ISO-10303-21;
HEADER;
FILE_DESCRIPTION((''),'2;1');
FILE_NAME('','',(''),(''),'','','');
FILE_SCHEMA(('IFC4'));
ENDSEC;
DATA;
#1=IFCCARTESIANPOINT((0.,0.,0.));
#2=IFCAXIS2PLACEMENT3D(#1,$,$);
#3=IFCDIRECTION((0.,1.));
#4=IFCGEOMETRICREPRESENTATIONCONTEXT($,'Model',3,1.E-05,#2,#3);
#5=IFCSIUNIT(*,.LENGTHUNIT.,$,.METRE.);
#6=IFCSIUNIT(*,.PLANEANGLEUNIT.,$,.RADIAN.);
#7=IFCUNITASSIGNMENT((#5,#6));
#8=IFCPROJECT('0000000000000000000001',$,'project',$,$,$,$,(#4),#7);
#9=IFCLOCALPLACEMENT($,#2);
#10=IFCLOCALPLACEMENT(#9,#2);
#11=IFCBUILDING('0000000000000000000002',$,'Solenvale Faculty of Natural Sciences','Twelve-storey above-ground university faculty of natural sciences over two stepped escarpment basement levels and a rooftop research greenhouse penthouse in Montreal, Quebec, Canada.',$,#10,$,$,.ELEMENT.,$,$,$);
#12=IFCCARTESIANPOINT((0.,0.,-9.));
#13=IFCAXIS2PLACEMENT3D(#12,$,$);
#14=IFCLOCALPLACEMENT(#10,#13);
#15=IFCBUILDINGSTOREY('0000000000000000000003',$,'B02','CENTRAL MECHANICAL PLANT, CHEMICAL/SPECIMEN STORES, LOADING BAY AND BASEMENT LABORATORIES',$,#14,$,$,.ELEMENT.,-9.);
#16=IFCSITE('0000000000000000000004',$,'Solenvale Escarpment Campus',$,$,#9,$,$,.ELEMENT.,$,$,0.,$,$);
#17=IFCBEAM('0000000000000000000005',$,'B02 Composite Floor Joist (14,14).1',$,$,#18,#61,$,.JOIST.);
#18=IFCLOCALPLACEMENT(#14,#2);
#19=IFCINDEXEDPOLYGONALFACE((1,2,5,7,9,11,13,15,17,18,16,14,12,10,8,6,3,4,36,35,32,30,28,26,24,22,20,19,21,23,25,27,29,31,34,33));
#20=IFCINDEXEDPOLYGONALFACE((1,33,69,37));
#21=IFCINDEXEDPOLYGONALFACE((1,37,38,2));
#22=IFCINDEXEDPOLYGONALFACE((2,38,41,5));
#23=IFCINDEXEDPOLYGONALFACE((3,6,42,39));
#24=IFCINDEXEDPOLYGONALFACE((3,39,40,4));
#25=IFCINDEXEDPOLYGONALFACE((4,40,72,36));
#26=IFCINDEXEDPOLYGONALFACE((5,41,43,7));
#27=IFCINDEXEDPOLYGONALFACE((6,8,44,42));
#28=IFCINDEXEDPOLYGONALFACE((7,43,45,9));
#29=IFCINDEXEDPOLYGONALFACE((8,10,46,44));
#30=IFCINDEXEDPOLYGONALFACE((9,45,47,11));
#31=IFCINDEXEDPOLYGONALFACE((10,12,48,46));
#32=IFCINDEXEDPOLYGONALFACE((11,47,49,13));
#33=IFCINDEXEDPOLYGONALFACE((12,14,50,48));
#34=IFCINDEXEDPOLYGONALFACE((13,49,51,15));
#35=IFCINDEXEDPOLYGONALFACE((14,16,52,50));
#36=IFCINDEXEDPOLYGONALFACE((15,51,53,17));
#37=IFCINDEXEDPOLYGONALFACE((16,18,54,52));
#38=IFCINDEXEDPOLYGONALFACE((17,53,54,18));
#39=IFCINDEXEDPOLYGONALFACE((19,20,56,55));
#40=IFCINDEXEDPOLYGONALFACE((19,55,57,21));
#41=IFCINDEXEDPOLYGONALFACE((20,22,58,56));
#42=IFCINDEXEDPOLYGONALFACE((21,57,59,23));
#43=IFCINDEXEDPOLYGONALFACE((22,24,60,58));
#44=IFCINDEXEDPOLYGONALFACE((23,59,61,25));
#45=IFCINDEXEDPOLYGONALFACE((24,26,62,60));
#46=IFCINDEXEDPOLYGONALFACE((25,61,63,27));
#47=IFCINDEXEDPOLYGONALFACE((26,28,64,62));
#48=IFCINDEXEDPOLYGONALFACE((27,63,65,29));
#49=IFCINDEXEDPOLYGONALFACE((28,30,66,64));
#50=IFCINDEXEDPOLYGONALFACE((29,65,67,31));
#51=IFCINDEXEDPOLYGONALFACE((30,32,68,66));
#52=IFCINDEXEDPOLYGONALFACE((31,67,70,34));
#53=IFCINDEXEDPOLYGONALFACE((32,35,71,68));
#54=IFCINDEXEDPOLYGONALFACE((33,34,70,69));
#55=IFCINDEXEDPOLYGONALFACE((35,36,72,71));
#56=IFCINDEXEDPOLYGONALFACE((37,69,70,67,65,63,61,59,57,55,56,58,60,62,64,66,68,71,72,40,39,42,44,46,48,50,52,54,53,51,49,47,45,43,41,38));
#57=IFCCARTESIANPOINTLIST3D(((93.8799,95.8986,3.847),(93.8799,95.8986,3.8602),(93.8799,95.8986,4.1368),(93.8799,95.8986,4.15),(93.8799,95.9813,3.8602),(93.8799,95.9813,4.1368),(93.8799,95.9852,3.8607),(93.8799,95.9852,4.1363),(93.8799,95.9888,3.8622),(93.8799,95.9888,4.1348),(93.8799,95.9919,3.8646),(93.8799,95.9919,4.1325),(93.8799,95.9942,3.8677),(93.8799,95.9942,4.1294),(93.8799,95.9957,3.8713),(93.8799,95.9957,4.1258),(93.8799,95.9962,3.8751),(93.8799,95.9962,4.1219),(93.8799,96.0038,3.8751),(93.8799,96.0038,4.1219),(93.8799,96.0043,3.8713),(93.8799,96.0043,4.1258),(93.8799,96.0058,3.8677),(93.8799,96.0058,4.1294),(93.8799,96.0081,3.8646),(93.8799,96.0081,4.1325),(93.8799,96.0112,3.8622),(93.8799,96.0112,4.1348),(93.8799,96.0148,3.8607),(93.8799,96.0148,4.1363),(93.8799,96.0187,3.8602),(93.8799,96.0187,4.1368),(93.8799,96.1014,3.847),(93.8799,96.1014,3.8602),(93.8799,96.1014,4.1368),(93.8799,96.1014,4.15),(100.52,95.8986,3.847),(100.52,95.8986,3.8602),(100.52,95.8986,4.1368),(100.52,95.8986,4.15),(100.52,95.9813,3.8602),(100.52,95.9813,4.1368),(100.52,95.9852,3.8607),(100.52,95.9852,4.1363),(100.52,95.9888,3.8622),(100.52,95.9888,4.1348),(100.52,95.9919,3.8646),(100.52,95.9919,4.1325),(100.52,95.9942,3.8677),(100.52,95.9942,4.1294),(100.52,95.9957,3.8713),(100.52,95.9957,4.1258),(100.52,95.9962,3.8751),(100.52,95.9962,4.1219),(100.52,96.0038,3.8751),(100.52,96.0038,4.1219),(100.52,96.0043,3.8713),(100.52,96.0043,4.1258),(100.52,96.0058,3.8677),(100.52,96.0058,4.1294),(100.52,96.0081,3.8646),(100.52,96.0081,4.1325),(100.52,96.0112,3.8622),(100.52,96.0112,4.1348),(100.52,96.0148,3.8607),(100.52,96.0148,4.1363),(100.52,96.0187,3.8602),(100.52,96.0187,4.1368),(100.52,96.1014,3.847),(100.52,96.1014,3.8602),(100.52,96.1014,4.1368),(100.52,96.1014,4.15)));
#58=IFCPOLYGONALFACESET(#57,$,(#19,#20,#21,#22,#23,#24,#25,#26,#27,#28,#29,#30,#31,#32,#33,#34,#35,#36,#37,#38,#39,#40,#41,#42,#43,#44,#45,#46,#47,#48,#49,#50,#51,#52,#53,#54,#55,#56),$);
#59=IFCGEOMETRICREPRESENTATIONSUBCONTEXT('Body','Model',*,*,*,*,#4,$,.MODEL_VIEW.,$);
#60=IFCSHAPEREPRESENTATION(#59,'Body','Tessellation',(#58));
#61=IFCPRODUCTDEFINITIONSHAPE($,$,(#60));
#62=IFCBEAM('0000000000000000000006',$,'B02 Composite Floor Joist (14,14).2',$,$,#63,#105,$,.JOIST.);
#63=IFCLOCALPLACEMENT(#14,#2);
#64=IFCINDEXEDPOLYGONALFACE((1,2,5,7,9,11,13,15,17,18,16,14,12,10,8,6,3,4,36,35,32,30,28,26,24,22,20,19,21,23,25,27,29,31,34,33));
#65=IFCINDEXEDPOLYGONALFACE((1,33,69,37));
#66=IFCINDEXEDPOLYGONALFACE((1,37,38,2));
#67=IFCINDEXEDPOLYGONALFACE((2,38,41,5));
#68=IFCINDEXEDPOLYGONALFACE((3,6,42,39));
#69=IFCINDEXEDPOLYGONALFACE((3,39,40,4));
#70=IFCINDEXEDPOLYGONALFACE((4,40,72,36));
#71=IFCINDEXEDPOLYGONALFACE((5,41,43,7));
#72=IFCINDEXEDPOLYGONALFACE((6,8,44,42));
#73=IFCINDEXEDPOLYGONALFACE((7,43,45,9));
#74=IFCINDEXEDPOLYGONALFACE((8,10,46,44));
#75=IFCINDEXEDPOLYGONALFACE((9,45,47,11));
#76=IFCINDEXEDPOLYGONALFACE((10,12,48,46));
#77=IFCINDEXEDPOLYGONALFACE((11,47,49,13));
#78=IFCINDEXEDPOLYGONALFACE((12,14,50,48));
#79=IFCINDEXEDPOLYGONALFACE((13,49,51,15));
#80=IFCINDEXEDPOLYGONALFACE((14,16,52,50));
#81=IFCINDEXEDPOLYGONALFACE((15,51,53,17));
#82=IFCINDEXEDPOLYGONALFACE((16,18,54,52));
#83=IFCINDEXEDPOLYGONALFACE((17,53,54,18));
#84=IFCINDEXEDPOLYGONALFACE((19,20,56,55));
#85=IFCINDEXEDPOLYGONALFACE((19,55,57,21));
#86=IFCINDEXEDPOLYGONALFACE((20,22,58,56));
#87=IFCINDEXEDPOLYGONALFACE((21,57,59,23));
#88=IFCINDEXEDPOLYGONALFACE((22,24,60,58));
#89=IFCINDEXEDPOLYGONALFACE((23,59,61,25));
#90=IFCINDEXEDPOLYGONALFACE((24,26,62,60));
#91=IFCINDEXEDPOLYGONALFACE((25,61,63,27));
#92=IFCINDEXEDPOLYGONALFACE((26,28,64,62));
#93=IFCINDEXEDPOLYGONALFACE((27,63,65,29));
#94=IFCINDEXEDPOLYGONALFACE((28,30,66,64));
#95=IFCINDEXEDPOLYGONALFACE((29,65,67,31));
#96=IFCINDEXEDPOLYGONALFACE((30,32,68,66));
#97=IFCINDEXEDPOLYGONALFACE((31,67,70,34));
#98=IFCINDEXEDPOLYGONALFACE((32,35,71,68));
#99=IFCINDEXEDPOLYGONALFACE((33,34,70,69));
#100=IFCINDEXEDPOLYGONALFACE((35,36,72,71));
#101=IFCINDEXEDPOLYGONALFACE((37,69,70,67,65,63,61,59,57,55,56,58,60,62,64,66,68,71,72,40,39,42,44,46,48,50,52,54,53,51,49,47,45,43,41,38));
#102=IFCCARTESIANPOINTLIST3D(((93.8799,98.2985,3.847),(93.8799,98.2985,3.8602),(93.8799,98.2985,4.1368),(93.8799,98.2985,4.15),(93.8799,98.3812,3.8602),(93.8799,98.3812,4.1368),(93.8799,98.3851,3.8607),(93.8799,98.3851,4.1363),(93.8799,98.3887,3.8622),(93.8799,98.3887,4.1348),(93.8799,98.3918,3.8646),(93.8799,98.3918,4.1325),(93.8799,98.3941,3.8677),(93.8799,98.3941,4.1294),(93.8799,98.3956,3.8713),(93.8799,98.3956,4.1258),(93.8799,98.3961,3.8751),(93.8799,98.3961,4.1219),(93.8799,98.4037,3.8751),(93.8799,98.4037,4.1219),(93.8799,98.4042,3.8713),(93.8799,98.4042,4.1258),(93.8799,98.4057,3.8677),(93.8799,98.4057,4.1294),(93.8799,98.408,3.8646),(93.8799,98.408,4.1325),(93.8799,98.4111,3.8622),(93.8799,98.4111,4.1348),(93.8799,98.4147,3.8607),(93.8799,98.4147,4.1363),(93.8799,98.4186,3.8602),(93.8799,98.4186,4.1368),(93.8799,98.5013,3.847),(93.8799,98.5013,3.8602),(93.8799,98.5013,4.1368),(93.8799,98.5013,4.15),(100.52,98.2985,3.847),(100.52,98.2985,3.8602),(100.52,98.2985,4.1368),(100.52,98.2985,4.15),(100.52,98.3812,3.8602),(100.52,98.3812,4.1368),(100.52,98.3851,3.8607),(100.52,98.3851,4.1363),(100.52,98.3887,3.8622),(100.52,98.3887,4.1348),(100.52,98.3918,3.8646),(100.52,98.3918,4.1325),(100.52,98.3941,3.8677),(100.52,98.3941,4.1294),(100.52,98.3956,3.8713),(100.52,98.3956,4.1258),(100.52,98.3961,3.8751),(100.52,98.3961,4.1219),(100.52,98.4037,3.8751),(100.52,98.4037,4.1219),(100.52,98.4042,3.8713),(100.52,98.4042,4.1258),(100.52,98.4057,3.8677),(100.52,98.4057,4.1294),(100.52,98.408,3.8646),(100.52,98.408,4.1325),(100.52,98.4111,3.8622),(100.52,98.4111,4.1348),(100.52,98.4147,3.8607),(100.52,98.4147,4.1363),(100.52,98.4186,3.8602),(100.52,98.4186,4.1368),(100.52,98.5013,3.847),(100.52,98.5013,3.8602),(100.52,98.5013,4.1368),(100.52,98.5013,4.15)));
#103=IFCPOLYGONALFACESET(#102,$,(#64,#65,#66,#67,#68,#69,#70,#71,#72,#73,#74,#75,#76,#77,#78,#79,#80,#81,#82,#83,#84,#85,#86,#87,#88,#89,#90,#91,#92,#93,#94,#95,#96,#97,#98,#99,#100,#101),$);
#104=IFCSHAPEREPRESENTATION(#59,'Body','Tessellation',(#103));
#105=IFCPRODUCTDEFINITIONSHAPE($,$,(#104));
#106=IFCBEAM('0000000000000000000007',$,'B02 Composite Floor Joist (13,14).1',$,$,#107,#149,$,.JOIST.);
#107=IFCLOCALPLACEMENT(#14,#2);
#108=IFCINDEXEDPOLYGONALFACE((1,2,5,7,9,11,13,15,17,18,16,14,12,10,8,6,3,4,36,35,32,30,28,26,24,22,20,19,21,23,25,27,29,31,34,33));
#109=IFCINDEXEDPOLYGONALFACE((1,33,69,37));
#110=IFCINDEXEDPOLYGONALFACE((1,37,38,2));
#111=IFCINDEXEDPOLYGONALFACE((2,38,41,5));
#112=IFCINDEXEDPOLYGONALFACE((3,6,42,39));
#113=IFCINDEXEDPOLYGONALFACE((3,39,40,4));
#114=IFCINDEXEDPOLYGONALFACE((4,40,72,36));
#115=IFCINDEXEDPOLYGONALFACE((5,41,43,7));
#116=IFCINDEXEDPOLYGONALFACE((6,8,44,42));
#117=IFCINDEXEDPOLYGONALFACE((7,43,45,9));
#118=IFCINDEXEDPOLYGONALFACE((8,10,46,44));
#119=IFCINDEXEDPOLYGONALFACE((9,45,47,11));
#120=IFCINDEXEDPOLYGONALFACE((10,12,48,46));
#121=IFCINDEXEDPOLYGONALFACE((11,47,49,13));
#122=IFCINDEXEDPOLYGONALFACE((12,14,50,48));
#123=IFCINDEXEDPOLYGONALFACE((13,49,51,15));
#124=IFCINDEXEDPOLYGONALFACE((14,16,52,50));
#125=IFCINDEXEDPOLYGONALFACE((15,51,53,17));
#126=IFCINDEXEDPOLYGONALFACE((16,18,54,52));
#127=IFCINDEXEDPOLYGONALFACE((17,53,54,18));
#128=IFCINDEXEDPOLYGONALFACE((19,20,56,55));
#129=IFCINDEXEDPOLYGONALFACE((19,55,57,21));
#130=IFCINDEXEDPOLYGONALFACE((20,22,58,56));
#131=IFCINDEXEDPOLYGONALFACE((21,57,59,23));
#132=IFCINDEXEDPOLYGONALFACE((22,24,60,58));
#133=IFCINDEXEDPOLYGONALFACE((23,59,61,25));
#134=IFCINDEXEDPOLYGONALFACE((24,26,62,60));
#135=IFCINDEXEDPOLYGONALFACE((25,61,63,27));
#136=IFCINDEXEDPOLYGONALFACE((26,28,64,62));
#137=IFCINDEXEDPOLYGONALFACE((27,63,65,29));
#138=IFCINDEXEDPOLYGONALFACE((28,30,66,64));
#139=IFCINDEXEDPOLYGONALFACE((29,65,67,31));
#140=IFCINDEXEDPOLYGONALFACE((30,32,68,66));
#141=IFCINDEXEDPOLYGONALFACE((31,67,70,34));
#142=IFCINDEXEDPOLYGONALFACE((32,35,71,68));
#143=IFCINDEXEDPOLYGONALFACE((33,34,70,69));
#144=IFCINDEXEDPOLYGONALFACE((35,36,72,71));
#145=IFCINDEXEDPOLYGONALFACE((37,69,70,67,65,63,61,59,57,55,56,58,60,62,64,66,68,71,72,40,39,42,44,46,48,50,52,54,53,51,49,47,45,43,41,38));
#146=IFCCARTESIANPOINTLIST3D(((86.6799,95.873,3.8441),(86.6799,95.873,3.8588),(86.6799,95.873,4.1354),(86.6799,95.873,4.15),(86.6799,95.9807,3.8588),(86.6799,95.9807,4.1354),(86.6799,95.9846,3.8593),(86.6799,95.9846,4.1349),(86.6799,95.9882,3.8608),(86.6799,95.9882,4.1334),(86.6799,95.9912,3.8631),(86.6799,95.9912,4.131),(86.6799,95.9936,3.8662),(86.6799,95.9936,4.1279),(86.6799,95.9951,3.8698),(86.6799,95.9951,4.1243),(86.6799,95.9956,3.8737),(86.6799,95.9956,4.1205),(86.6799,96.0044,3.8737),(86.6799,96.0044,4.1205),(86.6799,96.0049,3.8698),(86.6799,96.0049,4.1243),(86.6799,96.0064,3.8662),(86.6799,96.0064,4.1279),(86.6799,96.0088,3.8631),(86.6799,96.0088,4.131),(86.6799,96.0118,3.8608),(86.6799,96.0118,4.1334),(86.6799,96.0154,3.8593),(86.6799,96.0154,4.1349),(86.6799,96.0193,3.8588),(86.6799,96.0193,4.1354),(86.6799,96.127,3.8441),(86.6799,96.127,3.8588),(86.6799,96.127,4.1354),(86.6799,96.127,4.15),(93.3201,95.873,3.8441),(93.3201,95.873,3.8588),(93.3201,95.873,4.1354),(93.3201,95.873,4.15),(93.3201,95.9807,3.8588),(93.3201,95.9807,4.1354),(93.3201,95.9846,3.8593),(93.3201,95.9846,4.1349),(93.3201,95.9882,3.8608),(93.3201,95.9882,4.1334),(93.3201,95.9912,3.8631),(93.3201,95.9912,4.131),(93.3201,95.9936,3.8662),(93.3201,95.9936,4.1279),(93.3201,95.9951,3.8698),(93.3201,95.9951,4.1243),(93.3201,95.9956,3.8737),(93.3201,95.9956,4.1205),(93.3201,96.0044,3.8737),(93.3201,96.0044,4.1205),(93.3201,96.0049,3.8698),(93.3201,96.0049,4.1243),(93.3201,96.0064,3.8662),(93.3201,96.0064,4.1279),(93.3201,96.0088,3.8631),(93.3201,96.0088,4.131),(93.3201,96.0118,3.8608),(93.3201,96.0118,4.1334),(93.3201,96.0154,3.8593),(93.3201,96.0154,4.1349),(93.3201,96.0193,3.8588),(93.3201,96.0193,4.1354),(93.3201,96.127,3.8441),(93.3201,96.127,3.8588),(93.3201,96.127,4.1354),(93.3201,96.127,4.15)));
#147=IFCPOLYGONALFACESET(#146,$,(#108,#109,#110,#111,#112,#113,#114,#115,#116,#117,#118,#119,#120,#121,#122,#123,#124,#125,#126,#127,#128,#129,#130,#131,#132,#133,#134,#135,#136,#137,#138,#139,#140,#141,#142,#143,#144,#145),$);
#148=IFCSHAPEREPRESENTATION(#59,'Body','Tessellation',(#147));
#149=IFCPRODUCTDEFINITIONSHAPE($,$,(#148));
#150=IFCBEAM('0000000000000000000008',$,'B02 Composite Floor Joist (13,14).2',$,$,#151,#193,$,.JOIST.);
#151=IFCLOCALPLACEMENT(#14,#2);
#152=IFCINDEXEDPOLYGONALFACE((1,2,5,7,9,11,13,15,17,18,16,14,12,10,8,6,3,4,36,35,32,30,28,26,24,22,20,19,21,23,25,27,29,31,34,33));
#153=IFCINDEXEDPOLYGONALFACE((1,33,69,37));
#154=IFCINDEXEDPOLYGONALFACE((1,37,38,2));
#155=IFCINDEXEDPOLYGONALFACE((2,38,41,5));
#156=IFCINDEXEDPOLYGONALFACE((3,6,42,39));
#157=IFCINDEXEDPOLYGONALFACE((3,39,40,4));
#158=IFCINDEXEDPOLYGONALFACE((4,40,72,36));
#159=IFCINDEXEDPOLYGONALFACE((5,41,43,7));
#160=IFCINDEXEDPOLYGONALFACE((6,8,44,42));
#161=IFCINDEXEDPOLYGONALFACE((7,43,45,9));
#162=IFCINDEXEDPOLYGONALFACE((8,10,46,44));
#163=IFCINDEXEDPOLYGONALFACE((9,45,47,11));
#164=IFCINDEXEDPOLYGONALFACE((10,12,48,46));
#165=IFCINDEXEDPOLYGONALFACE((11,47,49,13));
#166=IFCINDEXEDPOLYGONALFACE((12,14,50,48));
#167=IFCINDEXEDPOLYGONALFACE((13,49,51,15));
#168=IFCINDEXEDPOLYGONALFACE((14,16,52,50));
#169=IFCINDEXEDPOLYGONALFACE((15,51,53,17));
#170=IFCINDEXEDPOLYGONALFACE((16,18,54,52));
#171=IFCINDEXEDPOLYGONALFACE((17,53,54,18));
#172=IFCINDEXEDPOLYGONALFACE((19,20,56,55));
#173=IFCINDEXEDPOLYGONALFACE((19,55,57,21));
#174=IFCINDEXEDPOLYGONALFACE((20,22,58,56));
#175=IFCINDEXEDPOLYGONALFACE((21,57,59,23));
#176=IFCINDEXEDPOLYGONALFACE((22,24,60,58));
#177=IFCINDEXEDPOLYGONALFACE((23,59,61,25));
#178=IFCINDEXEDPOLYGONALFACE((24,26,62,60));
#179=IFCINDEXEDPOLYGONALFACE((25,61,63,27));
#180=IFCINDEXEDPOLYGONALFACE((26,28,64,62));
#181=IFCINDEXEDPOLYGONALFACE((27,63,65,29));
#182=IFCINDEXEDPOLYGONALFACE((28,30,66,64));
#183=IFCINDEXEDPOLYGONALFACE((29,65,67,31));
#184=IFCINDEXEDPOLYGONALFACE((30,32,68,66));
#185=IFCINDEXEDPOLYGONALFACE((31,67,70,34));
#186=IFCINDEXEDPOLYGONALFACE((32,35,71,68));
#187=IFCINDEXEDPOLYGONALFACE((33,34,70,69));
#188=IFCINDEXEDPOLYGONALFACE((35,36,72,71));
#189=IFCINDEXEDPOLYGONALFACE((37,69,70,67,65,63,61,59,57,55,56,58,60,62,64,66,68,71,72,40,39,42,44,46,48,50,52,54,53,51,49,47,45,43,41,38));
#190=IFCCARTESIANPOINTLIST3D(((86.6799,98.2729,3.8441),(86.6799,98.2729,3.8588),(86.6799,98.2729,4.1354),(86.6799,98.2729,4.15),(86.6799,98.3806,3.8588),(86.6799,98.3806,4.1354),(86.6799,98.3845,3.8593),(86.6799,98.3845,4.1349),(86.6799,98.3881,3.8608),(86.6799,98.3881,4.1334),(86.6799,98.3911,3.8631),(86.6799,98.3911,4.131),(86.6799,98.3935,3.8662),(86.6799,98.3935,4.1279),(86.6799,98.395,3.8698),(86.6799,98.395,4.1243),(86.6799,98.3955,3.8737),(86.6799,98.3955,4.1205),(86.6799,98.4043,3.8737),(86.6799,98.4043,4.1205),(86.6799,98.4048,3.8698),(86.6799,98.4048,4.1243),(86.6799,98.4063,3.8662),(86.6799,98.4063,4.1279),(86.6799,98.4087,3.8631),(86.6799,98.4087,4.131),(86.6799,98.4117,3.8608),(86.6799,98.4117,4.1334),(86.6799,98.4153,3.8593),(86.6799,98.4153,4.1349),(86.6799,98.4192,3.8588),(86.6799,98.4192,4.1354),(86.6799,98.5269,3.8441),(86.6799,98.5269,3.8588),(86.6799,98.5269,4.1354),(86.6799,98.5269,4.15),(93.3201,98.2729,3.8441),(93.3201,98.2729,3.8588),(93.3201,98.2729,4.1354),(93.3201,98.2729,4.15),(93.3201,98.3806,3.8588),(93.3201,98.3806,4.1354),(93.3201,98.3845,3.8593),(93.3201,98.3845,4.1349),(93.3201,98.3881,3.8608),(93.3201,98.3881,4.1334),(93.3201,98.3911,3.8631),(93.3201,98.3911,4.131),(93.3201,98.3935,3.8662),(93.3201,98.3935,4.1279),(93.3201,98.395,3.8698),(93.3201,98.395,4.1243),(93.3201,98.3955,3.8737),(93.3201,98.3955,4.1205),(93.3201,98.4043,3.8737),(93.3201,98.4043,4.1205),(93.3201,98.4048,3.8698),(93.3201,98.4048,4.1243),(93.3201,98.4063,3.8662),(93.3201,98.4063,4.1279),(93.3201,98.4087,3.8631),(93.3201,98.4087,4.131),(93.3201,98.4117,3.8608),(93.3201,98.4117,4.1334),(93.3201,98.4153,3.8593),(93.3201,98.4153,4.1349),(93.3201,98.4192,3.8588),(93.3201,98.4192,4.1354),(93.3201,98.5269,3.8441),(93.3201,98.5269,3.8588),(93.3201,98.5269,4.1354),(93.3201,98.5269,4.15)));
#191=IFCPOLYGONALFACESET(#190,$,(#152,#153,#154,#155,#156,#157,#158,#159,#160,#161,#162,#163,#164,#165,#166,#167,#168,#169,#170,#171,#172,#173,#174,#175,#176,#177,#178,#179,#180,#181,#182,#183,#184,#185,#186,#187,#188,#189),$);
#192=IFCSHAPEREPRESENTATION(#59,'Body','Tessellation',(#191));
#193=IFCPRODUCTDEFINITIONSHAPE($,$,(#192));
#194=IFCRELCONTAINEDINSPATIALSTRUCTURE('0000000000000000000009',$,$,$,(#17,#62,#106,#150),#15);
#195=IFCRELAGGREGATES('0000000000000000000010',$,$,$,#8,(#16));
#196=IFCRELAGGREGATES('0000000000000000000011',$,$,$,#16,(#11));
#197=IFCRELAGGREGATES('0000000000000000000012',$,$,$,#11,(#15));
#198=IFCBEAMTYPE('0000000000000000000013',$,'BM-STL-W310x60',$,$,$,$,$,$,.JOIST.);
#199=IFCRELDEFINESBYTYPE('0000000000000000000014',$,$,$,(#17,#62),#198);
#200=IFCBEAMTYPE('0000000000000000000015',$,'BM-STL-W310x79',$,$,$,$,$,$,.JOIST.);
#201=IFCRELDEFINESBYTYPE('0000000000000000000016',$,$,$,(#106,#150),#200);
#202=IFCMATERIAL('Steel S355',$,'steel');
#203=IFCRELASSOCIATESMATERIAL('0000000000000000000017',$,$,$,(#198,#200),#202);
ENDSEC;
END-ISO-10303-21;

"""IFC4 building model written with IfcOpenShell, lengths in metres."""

from ifc_helpers import new_model, si_unit, direction, frame, origin, origin_2d, place, context, subcontext, project, spatial, i_section, extrude, material, material_profile, profile_set, type_object, element, save


model = new_model("IFC4")

# Units and contexts
model_context = context("Model", 3, precision=1e-05, world=origin(), true_north=direction((0.0, 1.0)))
body_context = subcontext(model_context, "Body", "Model", "MODEL_VIEW")
ifc_project = project(units=[si_unit("LENGTHUNIT", "METRE"), si_unit("PLANEANGLEUNIT", "RADIAN")], contexts=[model_context])

# Site, building, storey
site_placement = place(None, origin())
site = spatial("IfcSite", under=ifc_project, at=site_placement, Name="Solenvale Escarpment Campus", CompositionType="ELEMENT", RefElevation=0.0)
building_placement = place(site_placement, origin())
building = spatial("IfcBuilding", under=site, at=building_placement, Name="Solenvale Faculty of Natural Sciences", Description="Twelve-storey above-ground university faculty of natural sciences over two stepped escarpment basement levels and a rooftop research greenhouse penthouse in Montreal, Quebec, Canada.", CompositionType="ELEMENT")
storey_placement = place(building_placement, frame((0.0, 0.0, -9.0)))
storey = spatial("IfcBuildingStorey", under=building, at=storey_placement, Name="B02", Description="CENTRAL MECHANICAL PLANT, CHEMICAL/SPECIMEN STORES, LOADING BAY AND BASEMENT LABORATORIES", CompositionType="ELEMENT", Elevation=-9.0)

# Beams
ifc_material_1 = material(Name="Steel S355", Category="steel")
ifc_material_profile_1 = material_profile(ifc_material_1, i_section(OverallWidth=0.2029, OverallDepth=0.303, WebThickness=0.0076, FlangeThickness=0.0132, FilletRadius=0.0149, at=origin_2d()), Name="W310x60")
ifc_profile_set_1 = profile_set([ifc_material_profile_1], Name="Steel S355")
beam_type_1 = type_object("IfcBeamType", Name="BM-STL-W310x60", PredefinedType="JOIST", material=ifc_profile_set_1)
for number, where, z_axis, x_axis, name in (
    (1, (93.8799, 96.0, 3.9985), (1.0, 0.0, 0.0), (0.0, 1.0, 0.0), "B02 Composite Floor Joist (14,14).1"),
    (2, (93.8799, 98.3999, 3.9985), (1.0, 0.0, 0.0), (0.0, 1.0, 0.0), "B02 Composite Floor Joist (14,14).2"),
):
    element("IfcBeam", number, at=place(storey_placement, frame(where, z_axis=z_axis, x_axis=x_axis)), inside=storey, type_object=beam_type_1, Name=name, PredefinedType="JOIST", context=body_context, shape_type="SweptSolid", body=[
        extrude(i_section(OverallWidth=0.2029, OverallDepth=0.303, WebThickness=0.0076, FlangeThickness=0.0132, FilletRadius=0.0149, at=origin_2d()), origin(), (0.0, 0.0, 1.0), 6.6401),
    ])
ifc_material_profile_2 = material_profile(ifc_material_1, i_section(OverallWidth=0.2539, OverallDepth=0.3059, WebThickness=0.0088, FlangeThickness=0.0146, FilletRadius=0.0149, at=origin_2d()), Name="W310x79")
ifc_profile_set_2 = profile_set([ifc_material_profile_2], Name="Steel S355")
beam_type_2 = type_object("IfcBeamType", Name="BM-STL-W310x79", PredefinedType="JOIST", material=ifc_profile_set_2)
for number, where, z_axis, x_axis, name in (
    (3, (86.6799, 96.0, 3.9971), (1.0, 0.0, 0.0), (0.0, 1.0, 0.0), "B02 Composite Floor Joist (13,14).1"),
    (4, (86.6799, 98.3999, 3.9971), (1.0, 0.0, 0.0), (0.0, 1.0, 0.0), "B02 Composite Floor Joist (13,14).2"),
):
    element("IfcBeam", number, at=place(storey_placement, frame(where, z_axis=z_axis, x_axis=x_axis)), inside=storey, type_object=beam_type_2, Name=name, PredefinedType="JOIST", context=body_context, shape_type="SweptSolid", body=[
        extrude(i_section(OverallWidth=0.2539, OverallDepth=0.3059, WebThickness=0.0088, FlangeThickness=0.0146, FilletRadius=0.0149, at=origin_2d()), origin(), (0.0, 0.0, 1.0), 6.6401),
    ])

save(model, "model.ifc")
